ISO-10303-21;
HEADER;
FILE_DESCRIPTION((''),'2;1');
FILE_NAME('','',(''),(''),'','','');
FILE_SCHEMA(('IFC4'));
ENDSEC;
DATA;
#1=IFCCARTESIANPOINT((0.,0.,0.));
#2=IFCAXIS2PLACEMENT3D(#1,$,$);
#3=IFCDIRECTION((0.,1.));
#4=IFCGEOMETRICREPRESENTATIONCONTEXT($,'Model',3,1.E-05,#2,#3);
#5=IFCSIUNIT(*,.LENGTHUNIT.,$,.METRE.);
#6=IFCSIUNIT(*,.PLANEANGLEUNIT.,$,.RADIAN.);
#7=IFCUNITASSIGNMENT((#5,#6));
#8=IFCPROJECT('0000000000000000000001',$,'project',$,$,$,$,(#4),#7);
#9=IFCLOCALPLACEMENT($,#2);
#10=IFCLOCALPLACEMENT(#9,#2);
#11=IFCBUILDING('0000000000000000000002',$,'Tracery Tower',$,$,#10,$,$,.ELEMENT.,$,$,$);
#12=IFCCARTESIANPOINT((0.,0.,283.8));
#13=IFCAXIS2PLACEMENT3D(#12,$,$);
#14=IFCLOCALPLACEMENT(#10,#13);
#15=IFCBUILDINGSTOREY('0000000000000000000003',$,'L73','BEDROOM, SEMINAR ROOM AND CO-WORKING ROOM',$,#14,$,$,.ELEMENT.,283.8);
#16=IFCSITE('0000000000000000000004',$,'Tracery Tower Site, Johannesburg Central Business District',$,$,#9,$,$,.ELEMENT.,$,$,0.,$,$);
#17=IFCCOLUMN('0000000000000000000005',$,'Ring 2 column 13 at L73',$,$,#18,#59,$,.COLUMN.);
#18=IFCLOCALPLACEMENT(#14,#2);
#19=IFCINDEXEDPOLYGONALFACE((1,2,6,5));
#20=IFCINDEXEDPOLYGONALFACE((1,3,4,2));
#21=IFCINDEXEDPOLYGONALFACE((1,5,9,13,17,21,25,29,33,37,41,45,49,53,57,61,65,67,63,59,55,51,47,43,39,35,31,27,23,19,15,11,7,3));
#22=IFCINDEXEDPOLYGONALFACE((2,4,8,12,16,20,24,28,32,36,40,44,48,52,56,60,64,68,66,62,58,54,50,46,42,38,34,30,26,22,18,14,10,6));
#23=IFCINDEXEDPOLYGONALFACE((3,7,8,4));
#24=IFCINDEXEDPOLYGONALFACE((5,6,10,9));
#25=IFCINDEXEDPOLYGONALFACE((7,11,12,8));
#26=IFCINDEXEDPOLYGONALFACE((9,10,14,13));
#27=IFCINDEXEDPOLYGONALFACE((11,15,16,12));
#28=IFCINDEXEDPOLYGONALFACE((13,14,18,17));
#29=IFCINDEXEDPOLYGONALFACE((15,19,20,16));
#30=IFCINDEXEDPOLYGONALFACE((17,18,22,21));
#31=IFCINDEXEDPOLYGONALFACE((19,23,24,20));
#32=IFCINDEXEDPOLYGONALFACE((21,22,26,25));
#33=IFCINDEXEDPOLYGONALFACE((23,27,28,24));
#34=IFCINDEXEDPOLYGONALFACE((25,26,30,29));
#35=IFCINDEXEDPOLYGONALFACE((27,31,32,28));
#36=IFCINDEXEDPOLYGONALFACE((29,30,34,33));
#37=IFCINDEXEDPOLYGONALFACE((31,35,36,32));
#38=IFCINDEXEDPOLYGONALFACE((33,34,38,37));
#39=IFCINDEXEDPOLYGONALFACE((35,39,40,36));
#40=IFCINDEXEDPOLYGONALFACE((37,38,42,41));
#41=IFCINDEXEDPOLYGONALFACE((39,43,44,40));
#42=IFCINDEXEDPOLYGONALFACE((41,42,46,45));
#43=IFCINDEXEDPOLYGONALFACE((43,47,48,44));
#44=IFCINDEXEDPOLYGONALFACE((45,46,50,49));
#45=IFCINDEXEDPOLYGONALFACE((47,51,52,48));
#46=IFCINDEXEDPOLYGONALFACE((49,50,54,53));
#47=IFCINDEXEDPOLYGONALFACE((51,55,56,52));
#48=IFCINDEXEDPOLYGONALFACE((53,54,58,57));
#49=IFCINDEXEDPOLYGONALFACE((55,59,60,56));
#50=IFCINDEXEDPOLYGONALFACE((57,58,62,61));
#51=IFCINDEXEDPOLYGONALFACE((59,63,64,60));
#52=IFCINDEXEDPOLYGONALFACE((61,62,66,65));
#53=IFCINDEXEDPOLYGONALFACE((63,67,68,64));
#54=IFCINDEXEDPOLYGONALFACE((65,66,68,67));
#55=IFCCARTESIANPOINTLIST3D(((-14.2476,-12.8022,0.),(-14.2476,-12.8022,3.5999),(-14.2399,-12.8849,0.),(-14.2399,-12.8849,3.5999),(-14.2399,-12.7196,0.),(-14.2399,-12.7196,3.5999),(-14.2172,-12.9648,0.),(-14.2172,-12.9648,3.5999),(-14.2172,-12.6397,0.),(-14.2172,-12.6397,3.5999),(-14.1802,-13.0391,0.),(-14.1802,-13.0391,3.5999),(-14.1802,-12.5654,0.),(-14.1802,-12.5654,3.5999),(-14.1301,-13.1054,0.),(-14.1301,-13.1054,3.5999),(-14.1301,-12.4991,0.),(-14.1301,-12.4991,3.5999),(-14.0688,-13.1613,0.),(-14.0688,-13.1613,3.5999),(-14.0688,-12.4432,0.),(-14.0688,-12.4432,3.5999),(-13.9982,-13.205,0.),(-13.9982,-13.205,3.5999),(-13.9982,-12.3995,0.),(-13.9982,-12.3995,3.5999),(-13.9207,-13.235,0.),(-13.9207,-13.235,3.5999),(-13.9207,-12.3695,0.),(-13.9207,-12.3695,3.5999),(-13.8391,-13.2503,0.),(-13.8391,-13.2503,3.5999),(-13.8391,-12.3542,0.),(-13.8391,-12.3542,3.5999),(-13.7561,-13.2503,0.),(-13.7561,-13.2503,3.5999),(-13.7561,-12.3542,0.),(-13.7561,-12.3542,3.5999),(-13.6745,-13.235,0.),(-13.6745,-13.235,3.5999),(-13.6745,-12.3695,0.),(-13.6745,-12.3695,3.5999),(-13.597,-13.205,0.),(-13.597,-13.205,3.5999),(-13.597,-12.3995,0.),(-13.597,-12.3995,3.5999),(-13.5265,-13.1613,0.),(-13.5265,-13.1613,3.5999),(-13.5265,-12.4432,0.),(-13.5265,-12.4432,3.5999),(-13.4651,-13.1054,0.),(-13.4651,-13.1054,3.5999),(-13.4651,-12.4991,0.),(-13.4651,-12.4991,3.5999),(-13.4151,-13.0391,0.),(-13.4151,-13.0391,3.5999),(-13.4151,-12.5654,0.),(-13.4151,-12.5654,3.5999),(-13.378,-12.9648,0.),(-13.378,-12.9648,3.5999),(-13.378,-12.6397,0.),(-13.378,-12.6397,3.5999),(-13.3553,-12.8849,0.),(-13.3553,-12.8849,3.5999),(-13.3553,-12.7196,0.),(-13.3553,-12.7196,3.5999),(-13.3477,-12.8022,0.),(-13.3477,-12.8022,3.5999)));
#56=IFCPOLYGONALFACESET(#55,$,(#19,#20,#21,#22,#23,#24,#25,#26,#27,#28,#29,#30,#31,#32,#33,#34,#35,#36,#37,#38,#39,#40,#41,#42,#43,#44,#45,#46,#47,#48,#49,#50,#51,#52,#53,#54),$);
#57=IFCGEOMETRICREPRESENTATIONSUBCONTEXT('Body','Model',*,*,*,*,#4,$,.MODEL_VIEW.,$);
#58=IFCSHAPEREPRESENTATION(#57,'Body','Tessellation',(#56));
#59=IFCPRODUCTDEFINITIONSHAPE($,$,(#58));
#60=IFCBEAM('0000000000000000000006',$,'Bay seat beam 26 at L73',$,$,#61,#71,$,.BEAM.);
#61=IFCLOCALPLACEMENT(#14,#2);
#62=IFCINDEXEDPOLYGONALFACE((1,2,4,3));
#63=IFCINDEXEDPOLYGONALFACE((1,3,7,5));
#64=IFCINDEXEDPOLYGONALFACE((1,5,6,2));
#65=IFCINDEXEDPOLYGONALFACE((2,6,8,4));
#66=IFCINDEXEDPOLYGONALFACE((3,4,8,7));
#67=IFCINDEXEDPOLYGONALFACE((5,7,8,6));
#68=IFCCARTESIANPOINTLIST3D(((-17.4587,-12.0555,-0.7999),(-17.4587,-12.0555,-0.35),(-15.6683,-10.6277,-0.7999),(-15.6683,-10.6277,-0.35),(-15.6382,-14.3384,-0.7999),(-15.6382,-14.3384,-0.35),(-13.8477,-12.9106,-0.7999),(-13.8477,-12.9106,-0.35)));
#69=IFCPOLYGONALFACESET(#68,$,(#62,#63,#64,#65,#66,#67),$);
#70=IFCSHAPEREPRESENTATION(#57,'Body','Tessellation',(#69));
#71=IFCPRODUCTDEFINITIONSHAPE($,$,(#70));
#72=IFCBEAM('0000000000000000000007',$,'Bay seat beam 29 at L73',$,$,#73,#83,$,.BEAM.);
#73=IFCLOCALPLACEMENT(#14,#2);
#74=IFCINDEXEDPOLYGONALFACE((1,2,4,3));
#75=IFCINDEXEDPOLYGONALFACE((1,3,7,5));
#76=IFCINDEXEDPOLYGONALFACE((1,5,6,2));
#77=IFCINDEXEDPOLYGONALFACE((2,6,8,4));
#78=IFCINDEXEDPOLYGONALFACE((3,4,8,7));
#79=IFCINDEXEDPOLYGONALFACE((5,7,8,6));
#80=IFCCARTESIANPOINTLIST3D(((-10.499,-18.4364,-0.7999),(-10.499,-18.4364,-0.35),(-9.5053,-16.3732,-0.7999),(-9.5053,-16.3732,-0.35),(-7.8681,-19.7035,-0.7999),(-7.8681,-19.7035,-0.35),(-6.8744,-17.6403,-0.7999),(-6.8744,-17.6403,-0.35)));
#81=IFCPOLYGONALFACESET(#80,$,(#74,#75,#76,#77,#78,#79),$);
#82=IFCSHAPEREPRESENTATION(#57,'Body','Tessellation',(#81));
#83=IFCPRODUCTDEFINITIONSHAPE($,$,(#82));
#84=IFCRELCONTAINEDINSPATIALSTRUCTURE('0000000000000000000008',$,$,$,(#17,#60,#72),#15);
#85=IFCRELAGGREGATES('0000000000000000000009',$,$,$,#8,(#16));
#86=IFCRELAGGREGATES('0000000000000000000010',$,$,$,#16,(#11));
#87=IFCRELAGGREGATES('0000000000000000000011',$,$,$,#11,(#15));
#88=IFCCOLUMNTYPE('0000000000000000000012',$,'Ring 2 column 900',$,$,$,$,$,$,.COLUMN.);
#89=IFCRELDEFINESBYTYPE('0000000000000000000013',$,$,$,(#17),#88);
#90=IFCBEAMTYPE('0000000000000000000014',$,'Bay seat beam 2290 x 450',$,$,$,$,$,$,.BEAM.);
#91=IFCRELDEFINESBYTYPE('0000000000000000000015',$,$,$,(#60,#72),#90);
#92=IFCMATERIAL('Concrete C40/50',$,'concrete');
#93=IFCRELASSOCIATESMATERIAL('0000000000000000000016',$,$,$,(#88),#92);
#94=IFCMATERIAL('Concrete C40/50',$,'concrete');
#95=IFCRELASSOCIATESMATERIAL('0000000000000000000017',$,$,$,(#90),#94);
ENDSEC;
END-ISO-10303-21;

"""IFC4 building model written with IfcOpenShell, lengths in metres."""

from ifc_helpers import new_model, si_unit, direction, frame, origin, origin_2d, place, context, subcontext, project, spatial, rectangle, circle, extrude, material, material_profile, profile_set, type_object, element, save


model = new_model("IFC4")

# Units and contexts
model_context = context("Model", 3, precision=1e-05, world=origin(), true_north=direction((0.0, 1.0)))
body_context = subcontext(model_context, "Body", "Model", "MODEL_VIEW")
ifc_project = project(units=[si_unit("LENGTHUNIT", "METRE"), si_unit("PLANEANGLEUNIT", "RADIAN")], contexts=[model_context])

# Site, building, storey
site_placement = place(None, origin())
site = spatial("IfcSite", under=ifc_project, at=site_placement, Name="Tracery Tower Site, Johannesburg Central Business District", CompositionType="ELEMENT", RefElevation=0.0)
building_placement = place(site_placement, origin())
building = spatial("IfcBuilding", under=site, at=building_placement, Name="Tracery Tower", CompositionType="ELEMENT")
storey_placement = place(building_placement, frame((0.0, 0.0, 283.8)))
storey = spatial("IfcBuildingStorey", under=building, at=storey_placement, Name="L73", Description="BEDROOM, SEMINAR ROOM AND CO-WORKING ROOM", CompositionType="ELEMENT", Elevation=283.8)

# Column
ifc_material_1 = material(Name="Concrete C40/50", Category="concrete")
ifc_material_profile_1 = material_profile(ifc_material_1, circle(Radius=0.45, at=origin_2d()), Name="RC D900")
ifc_profile_set_1 = profile_set([ifc_material_profile_1], Name="Concrete C40/50")
column_type = type_object("IfcColumnType", Name="Ring 2 column 900", PredefinedType="COLUMN", material=ifc_profile_set_1)
column_placement = place(storey_placement, frame((-13.7976, -12.8022, 0.0), z_axis=(0.0, 0.0, 1.0), x_axis=(1.0, 0.0, 0.0)))
element("IfcColumn", 1, at=column_placement, inside=storey, type_object=column_type, Name="Ring 2 column 13 at L73", PredefinedType="COLUMN", context=body_context, shape_type="SweptSolid", body=[
    extrude(circle(Radius=0.45, at=origin_2d()), origin(), (0.0, 0.0, 1.0), 3.5999),
])

# Beams
ifc_material_2 = material(Name="Concrete C40/50", Category="concrete")
ifc_material_profile_2 = material_profile(ifc_material_2, rectangle(XDim=2.29, YDim=0.45, at=origin_2d()), Name="RC 2290x450")
ifc_profile_set_2 = profile_set([ifc_material_profile_2], Name="Concrete C40/50")
beam_type = type_object("IfcBeamType", Name="Bay seat beam 2290 x 450", PredefinedType="BEAM", material=ifc_profile_set_2)
beam_1_placement = place(storey_placement, frame((-16.5635, -11.3416, -0.575), z_axis=(0.623481, -0.781839, 0.0), x_axis=(0.781839, 0.623481, 0.0)))
element("IfcBeam", 2, at=beam_1_placement, inside=storey, type_object=beam_type, Name="Bay seat beam 26 at L73", PredefinedType="BEAM", context=body_context, shape_type="SweptSolid", body=[
    extrude(rectangle(XDim=2.29, YDim=0.45, at=origin_2d()), origin(), (0.0, 0.0, 1.0), 2.9199),
])
beam_2_placement = place(storey_placement, frame((-10.0022, -17.4048, -0.575), z_axis=(0.900951, -0.433921, 0.0), x_axis=(0.433921, 0.900951, 0.0)))
element("IfcBeam", 3, at=beam_2_placement, inside=storey, type_object=beam_type, Name="Bay seat beam 29 at L73", PredefinedType="BEAM", context=body_context, shape_type="SweptSolid", body=[
    extrude(rectangle(XDim=2.29, YDim=0.45, at=origin_2d()), origin(), (0.0, 0.0, 1.0), 2.9202),
])

save(model, "model.ifc")
